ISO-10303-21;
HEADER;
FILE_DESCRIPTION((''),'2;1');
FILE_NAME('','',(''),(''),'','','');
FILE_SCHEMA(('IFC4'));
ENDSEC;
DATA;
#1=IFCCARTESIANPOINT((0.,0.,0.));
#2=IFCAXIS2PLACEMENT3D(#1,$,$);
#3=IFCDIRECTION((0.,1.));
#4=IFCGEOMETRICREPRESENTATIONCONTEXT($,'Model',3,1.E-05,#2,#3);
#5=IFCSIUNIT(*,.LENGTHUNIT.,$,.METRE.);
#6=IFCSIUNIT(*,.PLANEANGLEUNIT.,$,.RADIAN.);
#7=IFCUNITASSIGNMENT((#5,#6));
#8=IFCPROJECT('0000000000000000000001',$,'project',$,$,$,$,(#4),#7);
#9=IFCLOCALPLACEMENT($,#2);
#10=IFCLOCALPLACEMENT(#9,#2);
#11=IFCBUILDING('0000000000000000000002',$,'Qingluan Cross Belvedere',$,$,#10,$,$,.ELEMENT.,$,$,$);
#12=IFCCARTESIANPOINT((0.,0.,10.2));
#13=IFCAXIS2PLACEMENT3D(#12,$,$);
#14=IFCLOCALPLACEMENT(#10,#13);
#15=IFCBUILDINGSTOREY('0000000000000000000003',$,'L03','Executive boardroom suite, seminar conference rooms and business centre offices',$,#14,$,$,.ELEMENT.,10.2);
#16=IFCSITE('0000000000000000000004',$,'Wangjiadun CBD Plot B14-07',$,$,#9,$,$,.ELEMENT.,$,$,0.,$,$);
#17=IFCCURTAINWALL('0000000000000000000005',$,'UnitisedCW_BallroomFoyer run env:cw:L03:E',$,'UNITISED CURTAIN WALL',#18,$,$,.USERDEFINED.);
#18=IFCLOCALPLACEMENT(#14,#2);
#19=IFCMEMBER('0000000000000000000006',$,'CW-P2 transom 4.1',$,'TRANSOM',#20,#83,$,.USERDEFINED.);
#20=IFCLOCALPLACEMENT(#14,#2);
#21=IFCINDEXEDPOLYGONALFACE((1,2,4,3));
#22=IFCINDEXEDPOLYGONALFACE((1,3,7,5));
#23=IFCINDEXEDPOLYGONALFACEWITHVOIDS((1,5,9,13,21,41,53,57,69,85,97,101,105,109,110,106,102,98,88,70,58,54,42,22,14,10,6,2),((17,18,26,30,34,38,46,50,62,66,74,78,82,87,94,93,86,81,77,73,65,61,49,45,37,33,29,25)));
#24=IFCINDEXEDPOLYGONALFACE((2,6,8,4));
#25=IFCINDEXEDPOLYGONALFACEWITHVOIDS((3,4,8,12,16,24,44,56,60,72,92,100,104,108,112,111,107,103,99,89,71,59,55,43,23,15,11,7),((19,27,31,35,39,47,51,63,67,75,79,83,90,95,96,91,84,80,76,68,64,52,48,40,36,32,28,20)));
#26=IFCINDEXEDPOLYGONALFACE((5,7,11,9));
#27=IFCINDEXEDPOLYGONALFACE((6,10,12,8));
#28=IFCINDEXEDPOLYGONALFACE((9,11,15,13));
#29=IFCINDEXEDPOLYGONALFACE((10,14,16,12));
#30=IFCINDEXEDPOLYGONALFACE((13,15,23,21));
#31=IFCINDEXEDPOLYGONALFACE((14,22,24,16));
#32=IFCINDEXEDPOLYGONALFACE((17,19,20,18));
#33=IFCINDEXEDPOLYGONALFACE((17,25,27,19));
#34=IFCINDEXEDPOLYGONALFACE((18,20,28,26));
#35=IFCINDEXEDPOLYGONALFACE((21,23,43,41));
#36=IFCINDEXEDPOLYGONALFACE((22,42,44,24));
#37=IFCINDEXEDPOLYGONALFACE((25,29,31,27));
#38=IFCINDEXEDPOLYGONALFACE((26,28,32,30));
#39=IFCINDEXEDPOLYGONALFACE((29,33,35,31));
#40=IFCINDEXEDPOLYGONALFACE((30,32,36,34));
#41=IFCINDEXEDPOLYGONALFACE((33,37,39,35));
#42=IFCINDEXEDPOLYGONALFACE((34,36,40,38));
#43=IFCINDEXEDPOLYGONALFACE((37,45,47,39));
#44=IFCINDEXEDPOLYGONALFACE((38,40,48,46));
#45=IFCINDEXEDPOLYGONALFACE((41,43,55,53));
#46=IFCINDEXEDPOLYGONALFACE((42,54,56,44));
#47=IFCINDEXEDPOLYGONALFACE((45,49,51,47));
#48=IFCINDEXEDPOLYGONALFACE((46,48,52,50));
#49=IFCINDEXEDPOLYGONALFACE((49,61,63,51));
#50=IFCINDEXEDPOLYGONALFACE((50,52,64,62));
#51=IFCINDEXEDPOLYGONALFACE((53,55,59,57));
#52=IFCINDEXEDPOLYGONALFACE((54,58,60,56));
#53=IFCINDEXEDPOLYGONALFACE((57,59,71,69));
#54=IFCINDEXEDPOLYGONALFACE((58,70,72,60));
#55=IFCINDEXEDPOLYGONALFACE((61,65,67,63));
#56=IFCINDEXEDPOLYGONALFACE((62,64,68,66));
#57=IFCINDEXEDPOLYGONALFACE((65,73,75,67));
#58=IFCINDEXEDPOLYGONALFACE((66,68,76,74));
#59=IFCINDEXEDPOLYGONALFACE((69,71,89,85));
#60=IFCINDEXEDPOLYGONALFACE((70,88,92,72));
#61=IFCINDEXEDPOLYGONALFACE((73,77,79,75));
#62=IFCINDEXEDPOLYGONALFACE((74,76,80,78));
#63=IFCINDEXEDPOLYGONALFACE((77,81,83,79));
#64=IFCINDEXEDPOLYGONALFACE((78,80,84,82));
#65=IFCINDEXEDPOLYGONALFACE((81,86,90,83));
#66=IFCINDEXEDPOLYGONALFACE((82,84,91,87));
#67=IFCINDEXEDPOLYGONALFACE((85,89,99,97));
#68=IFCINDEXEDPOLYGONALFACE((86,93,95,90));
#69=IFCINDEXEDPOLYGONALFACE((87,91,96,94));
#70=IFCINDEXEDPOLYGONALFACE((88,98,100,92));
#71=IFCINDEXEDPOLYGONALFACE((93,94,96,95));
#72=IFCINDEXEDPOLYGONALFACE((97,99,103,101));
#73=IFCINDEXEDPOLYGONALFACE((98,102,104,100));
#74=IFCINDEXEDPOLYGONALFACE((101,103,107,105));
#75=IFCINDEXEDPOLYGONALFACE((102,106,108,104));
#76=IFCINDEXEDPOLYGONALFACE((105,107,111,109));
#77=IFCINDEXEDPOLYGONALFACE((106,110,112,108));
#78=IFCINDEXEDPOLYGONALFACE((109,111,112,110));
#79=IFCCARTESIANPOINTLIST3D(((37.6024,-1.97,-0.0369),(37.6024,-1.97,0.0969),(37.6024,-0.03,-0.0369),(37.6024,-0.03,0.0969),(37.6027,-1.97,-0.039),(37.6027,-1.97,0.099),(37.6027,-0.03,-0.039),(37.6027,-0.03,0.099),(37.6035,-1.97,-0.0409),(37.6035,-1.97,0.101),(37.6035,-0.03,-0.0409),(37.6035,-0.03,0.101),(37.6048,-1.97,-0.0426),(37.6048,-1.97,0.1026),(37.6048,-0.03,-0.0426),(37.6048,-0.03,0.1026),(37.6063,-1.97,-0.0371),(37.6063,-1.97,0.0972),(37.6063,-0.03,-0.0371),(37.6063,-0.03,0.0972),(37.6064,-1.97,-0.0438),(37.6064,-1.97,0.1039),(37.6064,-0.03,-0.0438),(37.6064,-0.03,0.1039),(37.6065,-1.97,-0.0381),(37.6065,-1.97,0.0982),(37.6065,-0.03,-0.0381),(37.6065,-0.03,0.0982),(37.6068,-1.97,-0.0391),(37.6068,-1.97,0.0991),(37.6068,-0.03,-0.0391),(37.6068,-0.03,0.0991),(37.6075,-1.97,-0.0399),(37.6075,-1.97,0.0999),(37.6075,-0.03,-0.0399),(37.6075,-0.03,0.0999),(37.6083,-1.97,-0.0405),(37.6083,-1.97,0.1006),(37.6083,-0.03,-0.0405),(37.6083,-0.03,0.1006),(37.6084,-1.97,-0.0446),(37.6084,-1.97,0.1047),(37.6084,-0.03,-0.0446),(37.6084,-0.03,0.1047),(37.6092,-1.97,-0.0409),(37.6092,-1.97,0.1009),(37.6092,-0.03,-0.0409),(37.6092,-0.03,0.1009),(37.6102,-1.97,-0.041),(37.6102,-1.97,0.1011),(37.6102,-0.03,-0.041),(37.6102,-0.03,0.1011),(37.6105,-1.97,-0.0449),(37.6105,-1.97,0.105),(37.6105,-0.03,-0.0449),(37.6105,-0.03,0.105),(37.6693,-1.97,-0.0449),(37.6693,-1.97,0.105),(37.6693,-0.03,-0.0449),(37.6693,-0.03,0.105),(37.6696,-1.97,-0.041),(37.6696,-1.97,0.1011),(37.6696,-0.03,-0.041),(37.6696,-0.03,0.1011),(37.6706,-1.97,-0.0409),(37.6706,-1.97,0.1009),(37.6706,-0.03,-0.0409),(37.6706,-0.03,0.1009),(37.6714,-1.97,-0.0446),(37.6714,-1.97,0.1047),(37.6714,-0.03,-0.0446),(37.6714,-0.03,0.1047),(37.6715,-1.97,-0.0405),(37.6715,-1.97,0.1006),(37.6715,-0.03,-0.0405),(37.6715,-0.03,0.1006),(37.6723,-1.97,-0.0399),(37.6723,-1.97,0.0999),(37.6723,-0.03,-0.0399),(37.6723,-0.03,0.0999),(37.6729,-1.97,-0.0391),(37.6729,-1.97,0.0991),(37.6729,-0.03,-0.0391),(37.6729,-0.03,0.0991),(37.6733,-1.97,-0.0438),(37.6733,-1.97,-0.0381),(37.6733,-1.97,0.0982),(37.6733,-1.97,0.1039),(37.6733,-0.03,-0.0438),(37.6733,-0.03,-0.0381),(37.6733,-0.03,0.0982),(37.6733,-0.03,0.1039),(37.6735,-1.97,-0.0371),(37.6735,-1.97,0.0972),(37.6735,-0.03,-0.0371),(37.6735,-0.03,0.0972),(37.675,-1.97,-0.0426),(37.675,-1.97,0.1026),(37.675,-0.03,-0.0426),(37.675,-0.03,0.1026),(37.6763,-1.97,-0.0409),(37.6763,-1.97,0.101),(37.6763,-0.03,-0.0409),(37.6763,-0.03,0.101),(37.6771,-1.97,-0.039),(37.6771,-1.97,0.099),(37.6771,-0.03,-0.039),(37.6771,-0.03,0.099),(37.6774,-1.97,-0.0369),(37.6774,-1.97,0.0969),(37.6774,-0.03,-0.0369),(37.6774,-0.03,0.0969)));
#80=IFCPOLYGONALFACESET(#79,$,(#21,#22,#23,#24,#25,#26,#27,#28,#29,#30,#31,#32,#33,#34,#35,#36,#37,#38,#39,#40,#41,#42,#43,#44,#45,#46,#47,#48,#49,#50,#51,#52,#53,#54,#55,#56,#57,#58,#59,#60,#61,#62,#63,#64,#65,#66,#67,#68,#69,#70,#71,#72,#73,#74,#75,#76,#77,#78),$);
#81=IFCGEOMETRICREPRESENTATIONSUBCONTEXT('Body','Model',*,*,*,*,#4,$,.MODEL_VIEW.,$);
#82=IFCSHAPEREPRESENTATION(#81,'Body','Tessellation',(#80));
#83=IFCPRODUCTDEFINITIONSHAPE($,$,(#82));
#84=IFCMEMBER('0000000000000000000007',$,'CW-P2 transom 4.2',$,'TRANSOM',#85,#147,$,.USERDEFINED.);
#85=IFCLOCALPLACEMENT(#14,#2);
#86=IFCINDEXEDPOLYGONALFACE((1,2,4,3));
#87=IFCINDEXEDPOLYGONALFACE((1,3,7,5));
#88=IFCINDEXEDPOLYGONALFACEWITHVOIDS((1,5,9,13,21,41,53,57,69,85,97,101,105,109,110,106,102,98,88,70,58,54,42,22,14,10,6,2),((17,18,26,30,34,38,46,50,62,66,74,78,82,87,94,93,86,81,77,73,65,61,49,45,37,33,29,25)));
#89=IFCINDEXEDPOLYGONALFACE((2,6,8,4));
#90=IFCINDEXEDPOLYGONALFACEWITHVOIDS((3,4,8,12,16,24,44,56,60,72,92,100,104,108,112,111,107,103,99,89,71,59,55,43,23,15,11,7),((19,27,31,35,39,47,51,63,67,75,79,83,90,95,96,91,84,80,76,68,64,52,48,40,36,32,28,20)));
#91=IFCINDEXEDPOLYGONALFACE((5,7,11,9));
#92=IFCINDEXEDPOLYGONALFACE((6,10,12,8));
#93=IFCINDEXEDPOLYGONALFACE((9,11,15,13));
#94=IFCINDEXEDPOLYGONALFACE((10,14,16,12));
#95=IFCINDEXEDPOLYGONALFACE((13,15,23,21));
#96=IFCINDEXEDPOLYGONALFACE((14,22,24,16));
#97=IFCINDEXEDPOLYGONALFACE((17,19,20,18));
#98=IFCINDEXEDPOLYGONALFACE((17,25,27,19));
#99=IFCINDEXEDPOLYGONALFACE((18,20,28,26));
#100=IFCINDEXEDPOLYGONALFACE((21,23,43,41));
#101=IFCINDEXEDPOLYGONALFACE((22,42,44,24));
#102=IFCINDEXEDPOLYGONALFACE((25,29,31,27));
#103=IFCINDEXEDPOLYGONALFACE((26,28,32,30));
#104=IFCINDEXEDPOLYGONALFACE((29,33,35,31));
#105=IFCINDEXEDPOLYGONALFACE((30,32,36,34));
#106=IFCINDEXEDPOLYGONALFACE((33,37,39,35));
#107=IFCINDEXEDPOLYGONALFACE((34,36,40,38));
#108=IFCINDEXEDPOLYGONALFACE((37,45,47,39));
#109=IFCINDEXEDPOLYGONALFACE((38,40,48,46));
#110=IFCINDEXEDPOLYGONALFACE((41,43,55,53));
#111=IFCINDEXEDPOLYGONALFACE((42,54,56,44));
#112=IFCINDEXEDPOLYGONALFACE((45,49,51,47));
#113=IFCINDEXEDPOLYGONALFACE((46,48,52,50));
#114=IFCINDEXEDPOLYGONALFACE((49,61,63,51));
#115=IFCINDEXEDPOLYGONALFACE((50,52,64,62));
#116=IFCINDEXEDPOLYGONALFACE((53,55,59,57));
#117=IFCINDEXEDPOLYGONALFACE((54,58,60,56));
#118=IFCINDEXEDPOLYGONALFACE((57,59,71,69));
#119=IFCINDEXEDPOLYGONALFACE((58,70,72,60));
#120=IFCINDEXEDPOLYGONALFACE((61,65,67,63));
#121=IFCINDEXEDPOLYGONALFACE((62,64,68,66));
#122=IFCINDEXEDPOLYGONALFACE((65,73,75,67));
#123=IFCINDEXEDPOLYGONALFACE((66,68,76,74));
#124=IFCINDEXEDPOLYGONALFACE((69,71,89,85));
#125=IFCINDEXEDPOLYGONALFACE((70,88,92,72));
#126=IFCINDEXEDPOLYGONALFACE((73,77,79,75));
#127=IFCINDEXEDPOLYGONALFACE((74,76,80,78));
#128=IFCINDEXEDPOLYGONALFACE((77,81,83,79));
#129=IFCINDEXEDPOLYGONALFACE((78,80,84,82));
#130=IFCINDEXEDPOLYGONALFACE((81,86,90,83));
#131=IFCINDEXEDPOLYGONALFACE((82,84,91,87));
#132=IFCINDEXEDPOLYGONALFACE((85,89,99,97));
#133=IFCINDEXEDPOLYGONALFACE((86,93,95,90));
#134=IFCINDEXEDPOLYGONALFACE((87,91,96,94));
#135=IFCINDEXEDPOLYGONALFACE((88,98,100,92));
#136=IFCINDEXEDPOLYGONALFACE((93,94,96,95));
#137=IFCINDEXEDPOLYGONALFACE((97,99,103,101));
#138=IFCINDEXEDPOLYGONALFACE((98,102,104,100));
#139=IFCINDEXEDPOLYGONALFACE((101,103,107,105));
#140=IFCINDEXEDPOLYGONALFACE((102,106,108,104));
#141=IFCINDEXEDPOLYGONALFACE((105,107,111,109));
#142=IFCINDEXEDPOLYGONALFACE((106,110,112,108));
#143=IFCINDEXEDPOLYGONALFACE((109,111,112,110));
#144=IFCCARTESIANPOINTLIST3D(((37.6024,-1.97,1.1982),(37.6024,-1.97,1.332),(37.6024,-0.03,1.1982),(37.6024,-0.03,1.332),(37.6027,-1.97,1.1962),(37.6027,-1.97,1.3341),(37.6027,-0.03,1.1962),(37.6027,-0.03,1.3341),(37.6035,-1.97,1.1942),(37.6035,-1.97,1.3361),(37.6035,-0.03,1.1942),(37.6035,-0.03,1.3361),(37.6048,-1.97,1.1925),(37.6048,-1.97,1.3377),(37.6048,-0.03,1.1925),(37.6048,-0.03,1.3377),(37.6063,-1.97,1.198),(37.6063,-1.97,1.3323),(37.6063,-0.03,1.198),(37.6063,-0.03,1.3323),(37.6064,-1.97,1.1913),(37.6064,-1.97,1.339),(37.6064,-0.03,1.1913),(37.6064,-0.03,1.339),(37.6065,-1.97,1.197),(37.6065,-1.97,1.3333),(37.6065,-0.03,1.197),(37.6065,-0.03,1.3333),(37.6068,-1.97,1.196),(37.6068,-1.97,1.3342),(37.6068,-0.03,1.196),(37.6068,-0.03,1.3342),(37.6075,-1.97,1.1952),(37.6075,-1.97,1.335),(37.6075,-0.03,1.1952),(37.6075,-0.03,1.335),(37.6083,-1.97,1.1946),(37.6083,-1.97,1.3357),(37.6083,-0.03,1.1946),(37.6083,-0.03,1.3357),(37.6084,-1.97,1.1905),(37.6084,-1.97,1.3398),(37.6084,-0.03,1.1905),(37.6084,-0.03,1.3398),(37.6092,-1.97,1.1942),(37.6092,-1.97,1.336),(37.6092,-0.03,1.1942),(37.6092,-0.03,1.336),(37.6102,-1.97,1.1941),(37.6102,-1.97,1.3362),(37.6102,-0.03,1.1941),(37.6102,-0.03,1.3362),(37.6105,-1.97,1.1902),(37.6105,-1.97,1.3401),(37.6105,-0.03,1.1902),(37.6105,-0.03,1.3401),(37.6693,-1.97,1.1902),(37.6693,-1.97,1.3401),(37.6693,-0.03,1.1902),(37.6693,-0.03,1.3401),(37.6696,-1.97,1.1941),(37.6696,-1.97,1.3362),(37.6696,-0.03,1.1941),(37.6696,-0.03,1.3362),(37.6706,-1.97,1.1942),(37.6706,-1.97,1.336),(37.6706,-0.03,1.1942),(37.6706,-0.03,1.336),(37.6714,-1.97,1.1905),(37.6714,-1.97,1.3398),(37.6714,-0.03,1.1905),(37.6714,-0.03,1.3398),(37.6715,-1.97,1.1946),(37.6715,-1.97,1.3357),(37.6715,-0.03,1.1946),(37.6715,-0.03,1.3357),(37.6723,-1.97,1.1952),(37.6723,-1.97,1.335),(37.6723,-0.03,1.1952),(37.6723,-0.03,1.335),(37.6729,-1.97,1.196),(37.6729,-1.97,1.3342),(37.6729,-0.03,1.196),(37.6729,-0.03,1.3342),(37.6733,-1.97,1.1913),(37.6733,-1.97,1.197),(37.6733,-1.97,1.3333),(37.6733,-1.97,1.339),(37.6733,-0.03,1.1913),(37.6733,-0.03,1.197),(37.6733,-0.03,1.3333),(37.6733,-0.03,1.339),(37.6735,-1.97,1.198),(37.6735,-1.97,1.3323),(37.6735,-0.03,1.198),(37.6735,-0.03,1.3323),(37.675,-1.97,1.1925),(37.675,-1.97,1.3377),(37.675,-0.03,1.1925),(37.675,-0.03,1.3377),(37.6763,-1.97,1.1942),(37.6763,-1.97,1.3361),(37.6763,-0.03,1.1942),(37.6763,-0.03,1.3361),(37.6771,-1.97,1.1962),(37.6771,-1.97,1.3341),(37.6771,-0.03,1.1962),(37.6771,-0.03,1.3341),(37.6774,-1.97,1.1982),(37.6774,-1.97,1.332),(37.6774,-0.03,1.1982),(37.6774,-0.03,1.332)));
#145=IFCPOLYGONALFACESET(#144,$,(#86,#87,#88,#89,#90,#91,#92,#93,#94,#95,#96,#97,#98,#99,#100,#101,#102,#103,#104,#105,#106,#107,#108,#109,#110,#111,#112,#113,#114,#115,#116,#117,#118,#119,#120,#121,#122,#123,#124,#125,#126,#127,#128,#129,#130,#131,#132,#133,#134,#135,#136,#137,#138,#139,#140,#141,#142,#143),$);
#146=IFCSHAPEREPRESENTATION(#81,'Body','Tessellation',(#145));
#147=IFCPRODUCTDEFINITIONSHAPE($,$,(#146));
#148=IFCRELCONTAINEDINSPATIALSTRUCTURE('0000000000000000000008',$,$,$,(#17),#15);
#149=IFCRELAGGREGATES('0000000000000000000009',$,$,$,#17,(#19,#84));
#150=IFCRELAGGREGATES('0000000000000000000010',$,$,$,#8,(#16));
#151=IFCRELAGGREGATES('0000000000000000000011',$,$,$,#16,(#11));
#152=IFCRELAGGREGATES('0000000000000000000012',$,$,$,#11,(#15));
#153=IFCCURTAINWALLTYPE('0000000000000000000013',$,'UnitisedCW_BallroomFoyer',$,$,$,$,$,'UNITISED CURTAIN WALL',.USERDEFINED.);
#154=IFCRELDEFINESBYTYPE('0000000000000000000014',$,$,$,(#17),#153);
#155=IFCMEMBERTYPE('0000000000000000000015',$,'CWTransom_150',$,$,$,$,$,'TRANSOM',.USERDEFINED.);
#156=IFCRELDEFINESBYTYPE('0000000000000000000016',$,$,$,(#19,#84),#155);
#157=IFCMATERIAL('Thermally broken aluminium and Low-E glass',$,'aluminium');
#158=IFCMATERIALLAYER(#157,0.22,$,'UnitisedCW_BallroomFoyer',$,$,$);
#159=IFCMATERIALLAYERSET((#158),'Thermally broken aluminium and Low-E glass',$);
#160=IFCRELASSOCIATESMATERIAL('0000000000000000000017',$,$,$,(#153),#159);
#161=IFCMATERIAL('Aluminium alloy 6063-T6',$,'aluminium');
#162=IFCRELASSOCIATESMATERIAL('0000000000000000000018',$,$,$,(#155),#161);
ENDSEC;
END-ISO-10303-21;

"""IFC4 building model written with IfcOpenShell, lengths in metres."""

from ifc_helpers import new_model, si_unit, direction, frame, origin, origin_2d, place, context, subcontext, project, spatial, hollow_rectangle, extrude, material, layer, layer_set, material_profile, profile_set, type_object, element, aggregate, save


model = new_model("IFC4")

# Units and contexts
model_context = context("Model", 3, precision=1e-05, world=origin(), true_north=direction((0.0, 1.0)))
body_context = subcontext(model_context, "Body", "Model", "MODEL_VIEW")
ifc_project = project(units=[si_unit("LENGTHUNIT", "METRE"), si_unit("PLANEANGLEUNIT", "RADIAN")], contexts=[model_context])

# Site, building, storey
site_placement = place(None, origin())
site = spatial("IfcSite", under=ifc_project, at=site_placement, Name="Wangjiadun CBD Plot B14-07", CompositionType="ELEMENT", RefElevation=0.0)
building_placement = place(site_placement, origin())
building = spatial("IfcBuilding", under=site, at=building_placement, Name="Qingluan Cross Belvedere", CompositionType="ELEMENT")
storey_placement = place(building_placement, frame((0.0, 0.0, 10.2)))
storey = spatial("IfcBuildingStorey", under=building, at=storey_placement, Name="L03", Description="Executive boardroom suite, seminar conference rooms and business centre offices", CompositionType="ELEMENT", Elevation=10.2)

# Curtain wall, members
ifc_material_1 = material(Name="Thermally broken aluminium and Low-E glass", Category="aluminium")
ifc_layer_1 = layer(ifc_material_1, 0.22, Name="UnitisedCW_BallroomFoyer")
ifc_layer_set_1 = layer_set([ifc_layer_1], Name="Thermally broken aluminium and Low-E glass")
curtain_wall_type = type_object("IfcCurtainWallType", Name="UnitisedCW_BallroomFoyer", ElementType="UNITISED CURTAIN WALL", PredefinedType="USERDEFINED", material=ifc_layer_set_1)
curtain_wall_placement = place(storey_placement, origin())
curtain_wall = element("IfcCurtainWall", 1, at=curtain_wall_placement, inside=storey, type_object=curtain_wall_type, Name="UnitisedCW_BallroomFoyer run env:cw:L03:E", ObjectType="UNITISED CURTAIN WALL", PredefinedType="USERDEFINED")
ifc_material_2 = material(Name="Aluminium alloy 6063-T6", Category="aluminium")
ifc_material_profile_1 = material_profile(ifc_material_2, hollow_rectangle(XDim=0.075, YDim=0.1499, WallThickness=0.0039, InnerFilletRadius=0.0039, OuterFilletRadius=0.0081, at=origin_2d()), Name="CWT150x75x4")
ifc_profile_set_1 = profile_set([ifc_material_profile_1], Name="Aluminium alloy 6063-T6")
member_type_1 = type_object("IfcMemberType", Name="CWTransom_150", ElementType="TRANSOM", PredefinedType="USERDEFINED", material=ifc_profile_set_1)
member_1_placement = place(storey_placement, frame((37.6399, -0.03, 0.03), z_axis=(0.0, -1.0, 0.0), x_axis=(1.0, 0.0, 0.0)))
member_1 = element("IfcMember", 2, at=member_1_placement, type_object=member_type_1, Name="CW-P2 transom 4.1", ObjectType="TRANSOM", PredefinedType="USERDEFINED", context=body_context, shape_type="SweptSolid", body=[
    extrude(hollow_rectangle(XDim=0.075, YDim=0.1499, WallThickness=0.0039, InnerFilletRadius=0.0039, OuterFilletRadius=0.0081, at=origin_2d()), origin(), (0.0, 0.0, 1.0), 1.9399),
])
member_2_placement = place(storey_placement, frame((37.6399, -0.03, 1.2651), z_axis=(0.0, -1.0, 0.0), x_axis=(1.0, 0.0, 0.0)))
member_2 = element("IfcMember", 3, at=member_2_placement, type_object=member_type_1, Name="CW-P2 transom 4.2", ObjectType="TRANSOM", PredefinedType="USERDEFINED", context=body_context, shape_type="SweptSolid", body=[
    extrude(hollow_rectangle(XDim=0.075, YDim=0.1499, WallThickness=0.0039, InnerFilletRadius=0.0039, OuterFilletRadius=0.0081, at=origin_2d()), origin(), (0.0, 0.0, 1.0), 1.9399),
])
aggregate(curtain_wall, [member_1, member_2])

save(model, "model.ifc")
